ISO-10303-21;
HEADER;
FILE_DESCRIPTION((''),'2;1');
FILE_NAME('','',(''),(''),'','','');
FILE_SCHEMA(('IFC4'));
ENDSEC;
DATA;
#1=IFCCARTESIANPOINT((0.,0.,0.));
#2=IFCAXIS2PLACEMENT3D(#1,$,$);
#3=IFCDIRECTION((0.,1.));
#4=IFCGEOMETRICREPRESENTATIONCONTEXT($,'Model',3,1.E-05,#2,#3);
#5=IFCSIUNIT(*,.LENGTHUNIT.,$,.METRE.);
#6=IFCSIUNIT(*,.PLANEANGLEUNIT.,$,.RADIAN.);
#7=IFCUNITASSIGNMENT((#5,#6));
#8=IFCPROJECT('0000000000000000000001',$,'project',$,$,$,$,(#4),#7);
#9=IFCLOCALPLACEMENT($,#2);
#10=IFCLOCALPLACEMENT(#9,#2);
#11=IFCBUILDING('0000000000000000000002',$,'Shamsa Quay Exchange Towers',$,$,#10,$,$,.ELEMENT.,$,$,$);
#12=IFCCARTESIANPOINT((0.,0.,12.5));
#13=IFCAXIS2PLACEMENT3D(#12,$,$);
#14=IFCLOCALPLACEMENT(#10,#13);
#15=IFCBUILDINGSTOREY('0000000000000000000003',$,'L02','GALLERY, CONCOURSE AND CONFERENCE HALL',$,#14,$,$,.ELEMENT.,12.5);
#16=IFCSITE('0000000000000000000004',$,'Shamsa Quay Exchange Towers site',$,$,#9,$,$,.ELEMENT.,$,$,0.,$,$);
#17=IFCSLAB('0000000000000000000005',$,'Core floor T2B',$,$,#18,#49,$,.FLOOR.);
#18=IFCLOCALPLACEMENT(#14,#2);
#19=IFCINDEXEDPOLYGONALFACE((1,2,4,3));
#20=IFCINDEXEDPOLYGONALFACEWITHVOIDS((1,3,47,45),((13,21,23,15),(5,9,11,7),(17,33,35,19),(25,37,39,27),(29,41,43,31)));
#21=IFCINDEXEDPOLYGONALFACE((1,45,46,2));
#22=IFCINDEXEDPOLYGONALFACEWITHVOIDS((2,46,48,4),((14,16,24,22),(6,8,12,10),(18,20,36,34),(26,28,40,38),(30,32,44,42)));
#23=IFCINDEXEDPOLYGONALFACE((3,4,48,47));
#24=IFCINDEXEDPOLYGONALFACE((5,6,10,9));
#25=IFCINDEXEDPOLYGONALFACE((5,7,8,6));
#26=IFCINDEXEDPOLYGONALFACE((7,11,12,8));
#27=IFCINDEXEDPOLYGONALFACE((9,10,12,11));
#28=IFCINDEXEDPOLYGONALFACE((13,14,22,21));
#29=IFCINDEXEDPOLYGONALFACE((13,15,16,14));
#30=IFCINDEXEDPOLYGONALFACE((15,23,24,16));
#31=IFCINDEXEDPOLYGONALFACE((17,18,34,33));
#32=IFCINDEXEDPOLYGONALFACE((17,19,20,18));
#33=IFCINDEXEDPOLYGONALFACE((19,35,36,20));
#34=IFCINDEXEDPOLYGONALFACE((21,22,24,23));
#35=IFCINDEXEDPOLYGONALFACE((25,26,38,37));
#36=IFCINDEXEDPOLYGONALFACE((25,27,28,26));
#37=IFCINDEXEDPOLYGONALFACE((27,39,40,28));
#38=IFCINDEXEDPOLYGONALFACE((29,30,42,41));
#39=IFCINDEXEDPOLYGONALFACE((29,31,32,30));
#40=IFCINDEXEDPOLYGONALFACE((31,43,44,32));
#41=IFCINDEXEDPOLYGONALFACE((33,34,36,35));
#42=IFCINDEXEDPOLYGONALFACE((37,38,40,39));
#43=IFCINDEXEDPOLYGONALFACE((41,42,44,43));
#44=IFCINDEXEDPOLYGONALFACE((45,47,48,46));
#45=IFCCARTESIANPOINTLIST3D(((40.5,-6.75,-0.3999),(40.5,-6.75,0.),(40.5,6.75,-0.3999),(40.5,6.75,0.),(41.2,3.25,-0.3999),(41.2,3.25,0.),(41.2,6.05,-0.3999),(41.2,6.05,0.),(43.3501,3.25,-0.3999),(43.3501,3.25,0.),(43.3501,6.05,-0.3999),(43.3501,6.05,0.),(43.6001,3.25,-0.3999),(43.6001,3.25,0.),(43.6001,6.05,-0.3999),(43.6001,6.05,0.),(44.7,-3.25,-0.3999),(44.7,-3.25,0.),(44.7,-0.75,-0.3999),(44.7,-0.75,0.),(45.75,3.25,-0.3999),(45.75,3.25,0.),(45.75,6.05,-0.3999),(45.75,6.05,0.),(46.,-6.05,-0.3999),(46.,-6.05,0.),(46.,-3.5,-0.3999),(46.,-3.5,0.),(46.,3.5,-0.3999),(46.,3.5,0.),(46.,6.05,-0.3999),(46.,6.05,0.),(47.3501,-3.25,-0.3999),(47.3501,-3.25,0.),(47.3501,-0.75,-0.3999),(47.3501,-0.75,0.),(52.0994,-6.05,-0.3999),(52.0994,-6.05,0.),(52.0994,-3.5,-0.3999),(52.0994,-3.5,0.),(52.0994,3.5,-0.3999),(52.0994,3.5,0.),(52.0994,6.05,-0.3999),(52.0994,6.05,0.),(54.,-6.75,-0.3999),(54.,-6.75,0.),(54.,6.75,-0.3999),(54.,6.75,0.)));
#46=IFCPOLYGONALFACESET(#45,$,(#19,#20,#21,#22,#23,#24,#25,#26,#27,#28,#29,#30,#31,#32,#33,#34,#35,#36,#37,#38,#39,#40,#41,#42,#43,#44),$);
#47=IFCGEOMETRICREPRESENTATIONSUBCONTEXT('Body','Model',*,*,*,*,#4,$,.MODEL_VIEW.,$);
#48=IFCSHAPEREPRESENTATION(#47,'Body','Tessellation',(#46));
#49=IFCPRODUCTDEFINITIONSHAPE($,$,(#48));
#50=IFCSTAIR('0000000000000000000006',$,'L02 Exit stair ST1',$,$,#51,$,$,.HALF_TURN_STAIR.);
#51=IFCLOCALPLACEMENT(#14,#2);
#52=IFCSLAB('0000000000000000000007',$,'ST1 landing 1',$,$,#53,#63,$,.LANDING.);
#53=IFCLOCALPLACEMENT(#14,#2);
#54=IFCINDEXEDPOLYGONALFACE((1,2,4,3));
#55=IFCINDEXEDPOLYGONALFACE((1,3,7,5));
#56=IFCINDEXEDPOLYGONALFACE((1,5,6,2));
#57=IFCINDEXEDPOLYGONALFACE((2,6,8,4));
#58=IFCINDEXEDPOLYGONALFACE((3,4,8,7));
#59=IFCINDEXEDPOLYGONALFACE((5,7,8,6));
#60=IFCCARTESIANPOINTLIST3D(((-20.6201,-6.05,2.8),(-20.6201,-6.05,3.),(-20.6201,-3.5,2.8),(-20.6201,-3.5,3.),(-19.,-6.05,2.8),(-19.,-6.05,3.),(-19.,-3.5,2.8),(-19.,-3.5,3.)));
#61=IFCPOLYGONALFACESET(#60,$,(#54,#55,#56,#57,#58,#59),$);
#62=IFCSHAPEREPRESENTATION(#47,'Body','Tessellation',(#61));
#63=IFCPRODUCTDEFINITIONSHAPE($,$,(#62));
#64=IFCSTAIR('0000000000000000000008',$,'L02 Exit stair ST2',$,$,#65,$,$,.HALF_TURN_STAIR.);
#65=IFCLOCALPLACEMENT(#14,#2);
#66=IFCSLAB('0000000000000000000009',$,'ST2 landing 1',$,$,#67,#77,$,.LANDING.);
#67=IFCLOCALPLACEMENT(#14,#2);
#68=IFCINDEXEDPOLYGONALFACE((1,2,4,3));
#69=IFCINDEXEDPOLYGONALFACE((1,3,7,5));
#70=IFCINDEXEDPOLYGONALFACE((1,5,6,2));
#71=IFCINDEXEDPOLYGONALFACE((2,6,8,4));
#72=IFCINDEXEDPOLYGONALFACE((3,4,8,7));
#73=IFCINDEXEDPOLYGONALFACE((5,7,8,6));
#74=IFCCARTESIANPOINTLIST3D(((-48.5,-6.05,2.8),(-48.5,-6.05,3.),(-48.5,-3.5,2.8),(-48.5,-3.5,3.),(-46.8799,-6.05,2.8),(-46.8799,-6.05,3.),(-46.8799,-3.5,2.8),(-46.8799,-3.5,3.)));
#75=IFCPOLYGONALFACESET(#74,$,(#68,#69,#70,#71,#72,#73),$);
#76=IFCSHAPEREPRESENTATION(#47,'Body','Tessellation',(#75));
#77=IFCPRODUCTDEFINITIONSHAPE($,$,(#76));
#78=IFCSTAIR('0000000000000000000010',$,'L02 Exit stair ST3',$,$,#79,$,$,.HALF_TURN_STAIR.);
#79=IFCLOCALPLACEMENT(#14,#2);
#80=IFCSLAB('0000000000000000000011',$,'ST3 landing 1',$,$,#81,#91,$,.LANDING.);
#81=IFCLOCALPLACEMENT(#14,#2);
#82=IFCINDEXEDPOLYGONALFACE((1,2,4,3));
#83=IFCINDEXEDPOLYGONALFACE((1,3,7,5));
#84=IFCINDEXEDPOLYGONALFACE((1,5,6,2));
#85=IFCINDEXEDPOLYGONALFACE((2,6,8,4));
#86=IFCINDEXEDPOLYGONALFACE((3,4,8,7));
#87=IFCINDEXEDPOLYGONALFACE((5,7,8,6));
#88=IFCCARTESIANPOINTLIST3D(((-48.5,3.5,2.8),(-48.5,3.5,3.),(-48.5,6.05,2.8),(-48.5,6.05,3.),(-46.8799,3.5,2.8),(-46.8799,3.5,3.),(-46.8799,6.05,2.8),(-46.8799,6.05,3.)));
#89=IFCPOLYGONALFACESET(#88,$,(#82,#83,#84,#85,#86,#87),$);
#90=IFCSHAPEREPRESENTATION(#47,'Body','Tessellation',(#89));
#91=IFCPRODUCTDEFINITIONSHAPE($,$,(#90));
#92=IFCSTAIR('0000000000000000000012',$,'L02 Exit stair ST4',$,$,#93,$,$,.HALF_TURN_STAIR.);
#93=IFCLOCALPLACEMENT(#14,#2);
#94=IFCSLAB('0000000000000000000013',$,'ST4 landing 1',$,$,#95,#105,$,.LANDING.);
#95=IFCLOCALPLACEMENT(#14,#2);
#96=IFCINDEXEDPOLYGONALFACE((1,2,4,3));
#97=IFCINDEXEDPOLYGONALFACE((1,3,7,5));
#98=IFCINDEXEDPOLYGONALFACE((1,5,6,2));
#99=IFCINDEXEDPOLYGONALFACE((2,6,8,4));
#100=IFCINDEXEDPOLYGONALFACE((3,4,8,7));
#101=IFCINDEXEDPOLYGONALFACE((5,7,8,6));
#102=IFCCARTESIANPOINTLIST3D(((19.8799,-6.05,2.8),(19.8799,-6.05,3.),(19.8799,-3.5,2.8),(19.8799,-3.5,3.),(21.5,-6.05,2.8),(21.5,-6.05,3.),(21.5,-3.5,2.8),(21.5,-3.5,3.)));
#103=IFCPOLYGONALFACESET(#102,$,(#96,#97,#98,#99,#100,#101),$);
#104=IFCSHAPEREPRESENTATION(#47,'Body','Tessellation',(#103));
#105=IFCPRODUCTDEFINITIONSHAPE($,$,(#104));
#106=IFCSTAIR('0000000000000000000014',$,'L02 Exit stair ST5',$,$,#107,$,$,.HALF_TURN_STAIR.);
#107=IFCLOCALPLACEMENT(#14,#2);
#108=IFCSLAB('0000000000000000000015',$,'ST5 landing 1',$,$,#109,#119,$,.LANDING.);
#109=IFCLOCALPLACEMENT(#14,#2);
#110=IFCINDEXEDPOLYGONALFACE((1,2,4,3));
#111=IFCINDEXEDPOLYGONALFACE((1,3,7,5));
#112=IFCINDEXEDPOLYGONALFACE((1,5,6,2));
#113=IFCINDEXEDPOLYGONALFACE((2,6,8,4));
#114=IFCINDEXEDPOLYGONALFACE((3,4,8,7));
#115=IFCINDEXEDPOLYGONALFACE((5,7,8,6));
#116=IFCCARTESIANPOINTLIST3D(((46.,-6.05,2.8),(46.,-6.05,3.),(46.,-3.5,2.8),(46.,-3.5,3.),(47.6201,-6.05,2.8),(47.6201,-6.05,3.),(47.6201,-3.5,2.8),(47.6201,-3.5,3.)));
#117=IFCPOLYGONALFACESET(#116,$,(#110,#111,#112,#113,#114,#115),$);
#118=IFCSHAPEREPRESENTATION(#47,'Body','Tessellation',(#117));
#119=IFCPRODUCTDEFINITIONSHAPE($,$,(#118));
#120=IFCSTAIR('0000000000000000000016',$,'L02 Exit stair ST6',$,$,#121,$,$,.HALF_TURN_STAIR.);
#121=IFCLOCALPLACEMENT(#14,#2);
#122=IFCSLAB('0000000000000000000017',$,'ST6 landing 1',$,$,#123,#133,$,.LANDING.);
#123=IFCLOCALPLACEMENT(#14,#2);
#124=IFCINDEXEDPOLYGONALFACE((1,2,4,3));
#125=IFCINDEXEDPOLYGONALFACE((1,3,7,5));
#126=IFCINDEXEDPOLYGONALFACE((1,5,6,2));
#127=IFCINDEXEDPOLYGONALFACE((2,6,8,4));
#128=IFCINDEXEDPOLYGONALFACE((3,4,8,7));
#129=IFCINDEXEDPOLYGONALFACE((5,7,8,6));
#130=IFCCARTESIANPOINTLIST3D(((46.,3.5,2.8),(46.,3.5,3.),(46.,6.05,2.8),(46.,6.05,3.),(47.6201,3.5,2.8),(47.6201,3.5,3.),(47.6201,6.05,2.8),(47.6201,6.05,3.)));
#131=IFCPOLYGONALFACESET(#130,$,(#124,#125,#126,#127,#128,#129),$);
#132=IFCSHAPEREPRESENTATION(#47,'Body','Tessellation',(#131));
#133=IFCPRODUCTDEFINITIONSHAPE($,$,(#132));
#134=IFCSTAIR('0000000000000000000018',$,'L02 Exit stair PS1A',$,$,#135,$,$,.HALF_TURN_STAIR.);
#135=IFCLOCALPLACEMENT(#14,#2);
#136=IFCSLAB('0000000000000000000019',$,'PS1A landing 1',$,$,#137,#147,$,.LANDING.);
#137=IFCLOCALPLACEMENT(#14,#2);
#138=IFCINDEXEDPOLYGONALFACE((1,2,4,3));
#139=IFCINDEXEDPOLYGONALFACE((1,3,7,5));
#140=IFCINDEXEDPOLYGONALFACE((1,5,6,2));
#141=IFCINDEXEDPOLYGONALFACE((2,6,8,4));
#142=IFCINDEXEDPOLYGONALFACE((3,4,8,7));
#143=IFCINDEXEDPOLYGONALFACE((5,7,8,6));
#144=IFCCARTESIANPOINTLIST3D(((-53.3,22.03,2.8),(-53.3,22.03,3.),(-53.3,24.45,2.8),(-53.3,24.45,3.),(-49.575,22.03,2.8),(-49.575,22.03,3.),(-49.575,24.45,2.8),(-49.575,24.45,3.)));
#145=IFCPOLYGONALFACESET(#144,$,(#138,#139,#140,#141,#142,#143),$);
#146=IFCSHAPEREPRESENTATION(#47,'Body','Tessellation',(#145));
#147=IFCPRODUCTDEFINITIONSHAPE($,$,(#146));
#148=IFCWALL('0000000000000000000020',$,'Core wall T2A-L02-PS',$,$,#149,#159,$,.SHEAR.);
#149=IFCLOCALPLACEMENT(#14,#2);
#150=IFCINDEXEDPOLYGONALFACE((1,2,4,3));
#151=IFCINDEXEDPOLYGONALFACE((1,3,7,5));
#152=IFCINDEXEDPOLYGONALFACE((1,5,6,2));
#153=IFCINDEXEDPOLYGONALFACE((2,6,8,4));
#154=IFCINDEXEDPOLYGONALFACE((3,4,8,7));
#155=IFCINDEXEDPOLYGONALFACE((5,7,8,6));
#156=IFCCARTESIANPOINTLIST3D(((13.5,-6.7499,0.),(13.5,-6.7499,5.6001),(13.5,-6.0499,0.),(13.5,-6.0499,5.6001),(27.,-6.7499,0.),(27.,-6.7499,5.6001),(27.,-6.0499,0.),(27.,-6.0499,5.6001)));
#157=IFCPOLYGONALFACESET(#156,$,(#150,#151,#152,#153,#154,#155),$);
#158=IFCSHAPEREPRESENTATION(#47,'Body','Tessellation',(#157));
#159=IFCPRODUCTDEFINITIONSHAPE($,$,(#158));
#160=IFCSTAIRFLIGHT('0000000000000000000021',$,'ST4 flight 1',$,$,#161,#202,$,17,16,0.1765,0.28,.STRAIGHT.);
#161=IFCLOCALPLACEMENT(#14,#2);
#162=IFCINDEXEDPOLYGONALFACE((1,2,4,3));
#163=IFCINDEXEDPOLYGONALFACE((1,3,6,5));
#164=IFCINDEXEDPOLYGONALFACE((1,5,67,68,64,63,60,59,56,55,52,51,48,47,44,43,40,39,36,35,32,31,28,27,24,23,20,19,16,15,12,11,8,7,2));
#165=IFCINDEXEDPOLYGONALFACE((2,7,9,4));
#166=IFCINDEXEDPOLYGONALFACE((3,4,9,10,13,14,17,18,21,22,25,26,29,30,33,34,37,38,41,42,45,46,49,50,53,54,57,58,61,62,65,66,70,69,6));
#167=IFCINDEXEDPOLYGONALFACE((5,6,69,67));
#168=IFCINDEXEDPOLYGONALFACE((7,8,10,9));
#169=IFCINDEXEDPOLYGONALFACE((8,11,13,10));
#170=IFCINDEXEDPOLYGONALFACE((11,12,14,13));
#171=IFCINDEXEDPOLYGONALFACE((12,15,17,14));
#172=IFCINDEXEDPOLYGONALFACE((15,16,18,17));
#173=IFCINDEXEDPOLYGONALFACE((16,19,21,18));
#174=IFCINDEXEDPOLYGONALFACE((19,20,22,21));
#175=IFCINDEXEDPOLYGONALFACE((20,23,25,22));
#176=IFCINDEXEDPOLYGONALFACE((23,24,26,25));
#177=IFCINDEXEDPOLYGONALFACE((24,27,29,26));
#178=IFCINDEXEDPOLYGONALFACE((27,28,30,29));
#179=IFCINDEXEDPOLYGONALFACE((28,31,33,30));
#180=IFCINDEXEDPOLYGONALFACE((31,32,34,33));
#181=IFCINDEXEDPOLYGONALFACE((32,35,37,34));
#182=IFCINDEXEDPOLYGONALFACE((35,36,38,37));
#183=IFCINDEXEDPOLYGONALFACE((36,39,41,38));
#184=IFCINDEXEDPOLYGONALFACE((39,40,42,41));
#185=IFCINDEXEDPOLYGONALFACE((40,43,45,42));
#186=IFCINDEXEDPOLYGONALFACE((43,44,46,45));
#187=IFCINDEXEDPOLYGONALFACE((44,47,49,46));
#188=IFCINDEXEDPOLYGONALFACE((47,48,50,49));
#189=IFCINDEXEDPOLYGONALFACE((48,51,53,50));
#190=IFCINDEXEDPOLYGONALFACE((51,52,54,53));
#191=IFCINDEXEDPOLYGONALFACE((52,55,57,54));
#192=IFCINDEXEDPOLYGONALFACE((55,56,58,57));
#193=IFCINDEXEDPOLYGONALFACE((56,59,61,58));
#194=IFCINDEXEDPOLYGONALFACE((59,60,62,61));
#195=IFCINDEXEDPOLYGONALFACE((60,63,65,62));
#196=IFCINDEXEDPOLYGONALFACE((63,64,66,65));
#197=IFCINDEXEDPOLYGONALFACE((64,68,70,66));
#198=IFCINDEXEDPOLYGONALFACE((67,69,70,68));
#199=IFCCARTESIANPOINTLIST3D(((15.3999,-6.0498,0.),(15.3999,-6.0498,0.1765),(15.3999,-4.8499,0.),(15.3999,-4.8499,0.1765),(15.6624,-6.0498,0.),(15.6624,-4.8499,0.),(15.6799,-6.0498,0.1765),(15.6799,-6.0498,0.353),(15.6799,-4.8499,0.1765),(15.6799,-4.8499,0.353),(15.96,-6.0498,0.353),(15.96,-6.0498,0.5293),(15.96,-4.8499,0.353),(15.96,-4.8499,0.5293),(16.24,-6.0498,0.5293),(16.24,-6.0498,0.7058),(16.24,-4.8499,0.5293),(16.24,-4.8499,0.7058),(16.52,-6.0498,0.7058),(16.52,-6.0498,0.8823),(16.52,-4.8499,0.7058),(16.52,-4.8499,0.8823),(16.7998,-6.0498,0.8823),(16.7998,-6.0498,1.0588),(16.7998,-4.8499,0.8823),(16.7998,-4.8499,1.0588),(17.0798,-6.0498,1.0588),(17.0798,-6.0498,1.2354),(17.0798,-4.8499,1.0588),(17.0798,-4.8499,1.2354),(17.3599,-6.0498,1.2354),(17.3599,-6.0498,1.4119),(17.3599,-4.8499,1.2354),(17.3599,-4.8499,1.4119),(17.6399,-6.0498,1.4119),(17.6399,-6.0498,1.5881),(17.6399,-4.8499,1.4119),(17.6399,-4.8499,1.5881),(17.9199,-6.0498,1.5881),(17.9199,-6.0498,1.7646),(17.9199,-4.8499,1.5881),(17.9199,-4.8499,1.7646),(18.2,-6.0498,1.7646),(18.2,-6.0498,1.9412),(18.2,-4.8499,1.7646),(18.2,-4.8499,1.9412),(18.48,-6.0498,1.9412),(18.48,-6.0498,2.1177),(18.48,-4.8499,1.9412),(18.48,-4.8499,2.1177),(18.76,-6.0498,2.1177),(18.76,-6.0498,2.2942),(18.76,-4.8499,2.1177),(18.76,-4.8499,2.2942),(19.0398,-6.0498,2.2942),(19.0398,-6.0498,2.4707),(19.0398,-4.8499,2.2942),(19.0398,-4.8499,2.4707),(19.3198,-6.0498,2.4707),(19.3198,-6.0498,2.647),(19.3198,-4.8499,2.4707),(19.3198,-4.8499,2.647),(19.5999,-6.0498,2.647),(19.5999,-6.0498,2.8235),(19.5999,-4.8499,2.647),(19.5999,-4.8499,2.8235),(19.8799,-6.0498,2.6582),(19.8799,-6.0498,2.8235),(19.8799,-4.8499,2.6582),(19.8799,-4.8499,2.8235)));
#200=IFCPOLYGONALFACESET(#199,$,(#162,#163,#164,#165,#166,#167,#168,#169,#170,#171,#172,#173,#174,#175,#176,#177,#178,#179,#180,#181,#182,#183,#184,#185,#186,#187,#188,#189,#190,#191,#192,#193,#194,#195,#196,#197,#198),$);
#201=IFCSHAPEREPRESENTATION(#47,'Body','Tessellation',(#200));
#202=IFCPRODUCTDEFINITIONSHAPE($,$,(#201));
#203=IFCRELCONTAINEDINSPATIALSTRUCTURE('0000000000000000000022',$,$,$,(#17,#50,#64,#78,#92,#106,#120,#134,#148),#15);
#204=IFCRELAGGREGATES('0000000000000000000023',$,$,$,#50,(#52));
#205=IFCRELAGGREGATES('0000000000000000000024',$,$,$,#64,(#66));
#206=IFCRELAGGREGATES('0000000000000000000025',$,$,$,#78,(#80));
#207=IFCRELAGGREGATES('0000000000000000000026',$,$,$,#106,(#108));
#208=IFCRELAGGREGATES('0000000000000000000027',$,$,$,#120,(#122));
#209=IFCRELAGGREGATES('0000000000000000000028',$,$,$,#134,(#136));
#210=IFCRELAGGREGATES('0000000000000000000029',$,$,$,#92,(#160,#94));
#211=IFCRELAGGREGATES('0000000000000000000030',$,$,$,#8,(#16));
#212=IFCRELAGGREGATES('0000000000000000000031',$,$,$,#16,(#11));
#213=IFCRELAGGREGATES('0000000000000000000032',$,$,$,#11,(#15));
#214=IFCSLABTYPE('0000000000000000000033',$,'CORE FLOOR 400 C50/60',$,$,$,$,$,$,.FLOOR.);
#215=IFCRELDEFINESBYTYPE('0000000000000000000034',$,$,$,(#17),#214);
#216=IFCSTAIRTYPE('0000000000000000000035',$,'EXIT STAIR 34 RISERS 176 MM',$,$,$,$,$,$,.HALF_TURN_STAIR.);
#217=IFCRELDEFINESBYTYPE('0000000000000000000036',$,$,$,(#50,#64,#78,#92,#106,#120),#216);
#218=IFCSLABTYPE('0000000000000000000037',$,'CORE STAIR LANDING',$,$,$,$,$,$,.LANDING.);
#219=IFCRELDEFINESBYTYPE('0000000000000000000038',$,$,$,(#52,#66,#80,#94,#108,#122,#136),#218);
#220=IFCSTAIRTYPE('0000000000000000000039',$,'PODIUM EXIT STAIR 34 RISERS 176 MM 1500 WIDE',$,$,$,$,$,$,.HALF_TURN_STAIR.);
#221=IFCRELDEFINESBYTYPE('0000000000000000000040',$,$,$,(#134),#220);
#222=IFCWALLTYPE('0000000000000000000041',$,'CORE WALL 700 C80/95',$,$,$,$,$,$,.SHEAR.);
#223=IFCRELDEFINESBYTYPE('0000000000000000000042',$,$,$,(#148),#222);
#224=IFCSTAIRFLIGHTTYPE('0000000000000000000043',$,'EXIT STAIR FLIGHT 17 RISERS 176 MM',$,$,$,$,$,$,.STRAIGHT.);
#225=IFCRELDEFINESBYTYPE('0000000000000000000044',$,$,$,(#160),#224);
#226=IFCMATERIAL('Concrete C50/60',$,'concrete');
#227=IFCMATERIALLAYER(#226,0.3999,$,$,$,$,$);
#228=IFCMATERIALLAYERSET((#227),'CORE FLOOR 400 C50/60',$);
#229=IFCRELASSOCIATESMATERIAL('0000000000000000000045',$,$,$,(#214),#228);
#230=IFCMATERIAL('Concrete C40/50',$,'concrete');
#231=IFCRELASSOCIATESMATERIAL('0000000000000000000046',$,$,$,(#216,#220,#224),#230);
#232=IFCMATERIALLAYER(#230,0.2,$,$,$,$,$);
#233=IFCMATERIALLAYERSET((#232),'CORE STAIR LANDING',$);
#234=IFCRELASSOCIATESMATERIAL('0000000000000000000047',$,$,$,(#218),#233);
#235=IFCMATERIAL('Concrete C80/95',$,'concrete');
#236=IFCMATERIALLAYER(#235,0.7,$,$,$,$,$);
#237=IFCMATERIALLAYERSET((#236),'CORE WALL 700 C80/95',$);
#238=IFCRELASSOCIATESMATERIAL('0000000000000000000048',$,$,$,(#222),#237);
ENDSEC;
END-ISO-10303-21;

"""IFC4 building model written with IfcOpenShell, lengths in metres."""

from ifc_helpers import new_model, si_unit, direction, frame, frame_2d, origin, place, context, subcontext, project, spatial, polyline, rectangle, outline, extrude, material, layer, layer_set, type_object, element, aggregate, save


model = new_model("IFC4")

# Units and contexts
model_context = context("Model", 3, precision=1e-05, world=origin(), true_north=direction((0.0, 1.0)))
body_context = subcontext(model_context, "Body", "Model", "MODEL_VIEW")
ifc_project = project(units=[si_unit("LENGTHUNIT", "METRE"), si_unit("PLANEANGLEUNIT", "RADIAN")], contexts=[model_context])

# Site, building, storey
site_placement = place(None, origin())
site = spatial("IfcSite", under=ifc_project, at=site_placement, Name="Shamsa Quay Exchange Towers site", CompositionType="ELEMENT", RefElevation=0.0)
building_placement = place(site_placement, origin())
building = spatial("IfcBuilding", under=site, at=building_placement, Name="Shamsa Quay Exchange Towers", CompositionType="ELEMENT")
storey_placement = place(building_placement, frame((0.0, 0.0, 12.5)))
storey = spatial("IfcBuildingStorey", under=building, at=storey_placement, Name="L02", Description="GALLERY, CONCOURSE AND CONFERENCE HALL", CompositionType="ELEMENT", Elevation=12.5)

# Slab
ifc_material_1 = material(Name="Concrete C50/60", Category="concrete")
ifc_layer_1 = layer(ifc_material_1, 0.3999)
ifc_layer_set_1 = layer_set([ifc_layer_1], Name="CORE FLOOR 400 C50/60")
slab_type_1 = type_object("IfcSlabType", Name="CORE FLOOR 400 C50/60", PredefinedType="FLOOR", material=ifc_layer_set_1)
slab_1_placement = place(storey_placement, frame((0.0, 0.0, -0.3999)))
element("IfcSlab", 1, at=slab_1_placement, inside=storey, type_object=slab_type_1, Name="Core floor T2B", PredefinedType="FLOOR", context=body_context, shape_type="SweptSolid", body=[
    extrude(outline(polyline([(54.0, -6.75), (54.0, 6.75), (40.5, 6.75), (40.5, -6.75), (54.0, -6.75)]), holes=[polyline([(52.0994, -3.5), (52.0994, -6.05), (46.0, -6.05), (46.0, -3.5), (52.0994, -3.5)]), polyline([(52.0994, 6.05), (52.0994, 3.5), (46.0, 3.5), (46.0, 6.05), (52.0994, 6.05)]), polyline([(45.75, 3.25), (43.6001, 3.25), (43.6001, 6.05), (45.75, 6.05), (45.75, 3.25)]), polyline([(43.3501, 3.25), (41.2, 3.25), (41.2, 6.05), (43.3501, 6.05), (43.3501, 3.25)]), polyline([(47.3501, -3.25), (44.7, -3.25), (44.7, -0.75), (47.3501, -0.75), (47.3501, -3.25)])]), origin(), (0.0, 0.0, 1.0), 0.3999),
])

# Stairs, slabs
ifc_material_2 = material(Name="Concrete C40/50", Category="concrete")
stair_type_1 = type_object("IfcStairType", Name="EXIT STAIR 34 RISERS 176 MM", PredefinedType="HALF_TURN_STAIR", material=ifc_material_2)
stair_1_placement = place(storey_placement, origin())
stair_1 = element("IfcStair", 2, at=stair_1_placement, inside=storey, type_object=stair_type_1, Name="L02 Exit stair ST1", PredefinedType="HALF_TURN_STAIR")
ifc_layer_2 = layer(ifc_material_2, 0.2)
ifc_layer_set_2 = layer_set([ifc_layer_2], Name="CORE STAIR LANDING")
slab_type_2 = type_object("IfcSlabType", Name="CORE STAIR LANDING", PredefinedType="LANDING", material=ifc_layer_set_2)
slab_2_placement = place(storey_placement, frame((0.0, 0.0, 2.8)))
slab_2 = element("IfcSlab", 3, at=slab_2_placement, type_object=slab_type_2, Name="ST1 landing 1", PredefinedType="LANDING", context=body_context, shape_type="SweptSolid", body=[
    extrude(outline(polyline([(-20.6201, -6.05), (-19.0, -6.05), (-19.0, -3.5), (-20.6201, -3.5), (-20.6201, -6.05)])), origin(), (0.0, 0.0, 1.0), 0.2),
])
aggregate(stair_1, [slab_2])
stair_2_placement = place(storey_placement, origin())
stair_2 = element("IfcStair", 4, at=stair_2_placement, inside=storey, type_object=stair_type_1, Name="L02 Exit stair ST2", PredefinedType="HALF_TURN_STAIR")
slab_3_placement = place(storey_placement, frame((0.0, 0.0, 2.8)))
slab_3 = element("IfcSlab", 5, at=slab_3_placement, type_object=slab_type_2, Name="ST2 landing 1", PredefinedType="LANDING", context=body_context, shape_type="SweptSolid", body=[
    extrude(outline(polyline([(-46.8799, -3.5), (-48.5, -3.5), (-48.5, -6.05), (-46.8799, -6.05), (-46.8799, -3.5)])), origin(), (0.0, 0.0, 1.0), 0.2),
])
aggregate(stair_2, [slab_3])
stair_3_placement = place(storey_placement, origin())
stair_3 = element("IfcStair", 6, at=stair_3_placement, inside=storey, type_object=stair_type_1, Name="L02 Exit stair ST3", PredefinedType="HALF_TURN_STAIR")
slab_4_placement = place(storey_placement, frame((0.0, 0.0, 2.8)))
slab_4 = element("IfcSlab", 7, at=slab_4_placement, type_object=slab_type_2, Name="ST3 landing 1", PredefinedType="LANDING", context=body_context, shape_type="SweptSolid", body=[
    extrude(outline(polyline([(-46.8799, 6.05), (-48.5, 6.05), (-48.5, 3.5), (-46.8799, 3.5), (-46.8799, 6.05)])), origin(), (0.0, 0.0, 1.0), 0.2),
])
aggregate(stair_3, [slab_4])
stair_4_placement = place(storey_placement, origin())
stair_4 = element("IfcStair", 8, at=stair_4_placement, inside=storey, type_object=stair_type_1, Name="L02 Exit stair ST4", PredefinedType="HALF_TURN_STAIR")
slab_5_placement = place(storey_placement, frame((0.0, 0.0, 2.8)))
slab_5 = element("IfcSlab", 9, at=slab_5_placement, type_object=slab_type_2, Name="ST4 landing 1", PredefinedType="LANDING", context=body_context, shape_type="SweptSolid", body=[
    extrude(outline(polyline([(19.8799, -6.05), (21.5, -6.05), (21.5, -3.5), (19.8799, -3.5), (19.8799, -6.05)])), origin(), (0.0, 0.0, 1.0), 0.2),
])
stair_5_placement = place(storey_placement, origin())
stair_5 = element("IfcStair", 10, at=stair_5_placement, inside=storey, type_object=stair_type_1, Name="L02 Exit stair ST5", PredefinedType="HALF_TURN_STAIR")
slab_6_placement = place(storey_placement, frame((0.0, 0.0, 2.8)))
slab_6 = element("IfcSlab", 11, at=slab_6_placement, type_object=slab_type_2, Name="ST5 landing 1", PredefinedType="LANDING", context=body_context, shape_type="SweptSolid", body=[
    extrude(outline(polyline([(47.6201, -3.5), (46.0, -3.5), (46.0, -6.05), (47.6201, -6.05), (47.6201, -3.5)])), origin(), (0.0, 0.0, 1.0), 0.2),
])
aggregate(stair_5, [slab_6])
stair_6_placement = place(storey_placement, origin())
stair_6 = element("IfcStair", 12, at=stair_6_placement, inside=storey, type_object=stair_type_1, Name="L02 Exit stair ST6", PredefinedType="HALF_TURN_STAIR")
slab_7_placement = place(storey_placement, frame((0.0, 0.0, 2.8)))
slab_7 = element("IfcSlab", 13, at=slab_7_placement, type_object=slab_type_2, Name="ST6 landing 1", PredefinedType="LANDING", context=body_context, shape_type="SweptSolid", body=[
    extrude(outline(polyline([(47.6201, 6.05), (46.0, 6.05), (46.0, 3.5), (47.6201, 3.5), (47.6201, 6.05)])), origin(), (0.0, 0.0, 1.0), 0.2),
])
aggregate(stair_6, [slab_7])
stair_type_2 = type_object("IfcStairType", Name="PODIUM EXIT STAIR 34 RISERS 176 MM 1500 WIDE", PredefinedType="HALF_TURN_STAIR", material=ifc_material_2)
stair_7_placement = place(storey_placement, origin())
stair_7 = element("IfcStair", 14, at=stair_7_placement, inside=storey, type_object=stair_type_2, Name="L02 Exit stair PS1A", PredefinedType="HALF_TURN_STAIR")
slab_8_placement = place(storey_placement, frame((0.0, 0.0, 2.8)))
slab_8 = element("IfcSlab", 15, at=slab_8_placement, type_object=slab_type_2, Name="PS1A landing 1", PredefinedType="LANDING", context=body_context, shape_type="SweptSolid", body=[
    extrude(outline(polyline([(-49.575, 22.03), (-49.575, 24.45), (-53.3, 24.45), (-53.3, 22.03), (-49.575, 22.03)])), origin(), (0.0, 0.0, 1.0), 0.2),
])
aggregate(stair_7, [slab_8])

# Wall
ifc_material_3 = material(Name="Concrete C80/95", Category="concrete")
ifc_layer_3 = layer(ifc_material_3, 0.7)
ifc_layer_set_3 = layer_set([ifc_layer_3], Name="CORE WALL 700 C80/95")
wall_type = type_object("IfcWallType", Name="CORE WALL 700 C80/95", PredefinedType="SHEAR", material=ifc_layer_set_3)
wall_placement = place(storey_placement, frame((13.5, -6.3999, 0.0)))
element("IfcWall", 16, at=wall_placement, inside=storey, type_object=wall_type, Name="Core wall T2A-L02-PS", PredefinedType="SHEAR", context=body_context, shape_type="SweptSolid", body=[
    extrude(rectangle(XDim=13.5, YDim=0.7, at=frame_2d((6.75, 0.0))), origin(), (0.0, 0.0, 1.0), 5.6001),
])

# Stair flight
stair_flight_type = type_object("IfcStairFlightType", Name="EXIT STAIR FLIGHT 17 RISERS 176 MM", PredefinedType="STRAIGHT", material=ifc_material_2)
stair_flight_placement = place(storey_placement, frame((15.3999, -5.45, 0.0)))
stair_flight = element("IfcStairFlight", 17, at=stair_flight_placement, type_object=stair_flight_type, Name="ST4 flight 1", NumberOfRisers=17, NumberOfTreads=16, PredefinedType="STRAIGHT", RiserHeight=0.1765, TreadLength=0.28, context=body_context, shape_type="SweptSolid", body=[
    extrude(outline(polyline([(0.0, 0.0), (0.0, 0.1765), (0.28, 0.1765), (0.28, 0.353), (0.5601, 0.353), (0.5601, 0.5293), (0.8401, 0.5293), (0.8401, 0.7058), (1.1201, 0.7058), (1.1201, 0.8823), (1.3999, 0.8823), (1.3999, 1.0588), (1.6799, 1.0588), (1.6799, 1.2354), (1.96, 1.2354), (1.96, 1.4119), (2.24, 1.4119), (2.24, 1.5881), (2.52, 1.5881), (2.52, 1.7646), (2.8, 1.7646), (2.8, 1.9412), (3.0801, 1.9412), (3.0801, 2.1177), (3.3601, 2.1177), (3.3601, 2.2942), (3.6399, 2.2942), (3.6399, 2.4707), (3.9199, 2.4707), (3.9199, 2.647), (4.2, 2.647), (4.2, 2.8235), (4.48, 2.8235), (4.48, 3.0), (4.48, 2.6582), (0.2625, 0.0), (0.0, 0.0)])), frame((0.0, 0.6001, 0.0), z_axis=(0.0, -1.0, 0.0), x_axis=(1.0, 0.0, 0.0)), (0.0, 0.0, 1.0), 1.2),
])
aggregate(stair_4, [stair_flight, slab_5])

save(model, "model.ifc")
